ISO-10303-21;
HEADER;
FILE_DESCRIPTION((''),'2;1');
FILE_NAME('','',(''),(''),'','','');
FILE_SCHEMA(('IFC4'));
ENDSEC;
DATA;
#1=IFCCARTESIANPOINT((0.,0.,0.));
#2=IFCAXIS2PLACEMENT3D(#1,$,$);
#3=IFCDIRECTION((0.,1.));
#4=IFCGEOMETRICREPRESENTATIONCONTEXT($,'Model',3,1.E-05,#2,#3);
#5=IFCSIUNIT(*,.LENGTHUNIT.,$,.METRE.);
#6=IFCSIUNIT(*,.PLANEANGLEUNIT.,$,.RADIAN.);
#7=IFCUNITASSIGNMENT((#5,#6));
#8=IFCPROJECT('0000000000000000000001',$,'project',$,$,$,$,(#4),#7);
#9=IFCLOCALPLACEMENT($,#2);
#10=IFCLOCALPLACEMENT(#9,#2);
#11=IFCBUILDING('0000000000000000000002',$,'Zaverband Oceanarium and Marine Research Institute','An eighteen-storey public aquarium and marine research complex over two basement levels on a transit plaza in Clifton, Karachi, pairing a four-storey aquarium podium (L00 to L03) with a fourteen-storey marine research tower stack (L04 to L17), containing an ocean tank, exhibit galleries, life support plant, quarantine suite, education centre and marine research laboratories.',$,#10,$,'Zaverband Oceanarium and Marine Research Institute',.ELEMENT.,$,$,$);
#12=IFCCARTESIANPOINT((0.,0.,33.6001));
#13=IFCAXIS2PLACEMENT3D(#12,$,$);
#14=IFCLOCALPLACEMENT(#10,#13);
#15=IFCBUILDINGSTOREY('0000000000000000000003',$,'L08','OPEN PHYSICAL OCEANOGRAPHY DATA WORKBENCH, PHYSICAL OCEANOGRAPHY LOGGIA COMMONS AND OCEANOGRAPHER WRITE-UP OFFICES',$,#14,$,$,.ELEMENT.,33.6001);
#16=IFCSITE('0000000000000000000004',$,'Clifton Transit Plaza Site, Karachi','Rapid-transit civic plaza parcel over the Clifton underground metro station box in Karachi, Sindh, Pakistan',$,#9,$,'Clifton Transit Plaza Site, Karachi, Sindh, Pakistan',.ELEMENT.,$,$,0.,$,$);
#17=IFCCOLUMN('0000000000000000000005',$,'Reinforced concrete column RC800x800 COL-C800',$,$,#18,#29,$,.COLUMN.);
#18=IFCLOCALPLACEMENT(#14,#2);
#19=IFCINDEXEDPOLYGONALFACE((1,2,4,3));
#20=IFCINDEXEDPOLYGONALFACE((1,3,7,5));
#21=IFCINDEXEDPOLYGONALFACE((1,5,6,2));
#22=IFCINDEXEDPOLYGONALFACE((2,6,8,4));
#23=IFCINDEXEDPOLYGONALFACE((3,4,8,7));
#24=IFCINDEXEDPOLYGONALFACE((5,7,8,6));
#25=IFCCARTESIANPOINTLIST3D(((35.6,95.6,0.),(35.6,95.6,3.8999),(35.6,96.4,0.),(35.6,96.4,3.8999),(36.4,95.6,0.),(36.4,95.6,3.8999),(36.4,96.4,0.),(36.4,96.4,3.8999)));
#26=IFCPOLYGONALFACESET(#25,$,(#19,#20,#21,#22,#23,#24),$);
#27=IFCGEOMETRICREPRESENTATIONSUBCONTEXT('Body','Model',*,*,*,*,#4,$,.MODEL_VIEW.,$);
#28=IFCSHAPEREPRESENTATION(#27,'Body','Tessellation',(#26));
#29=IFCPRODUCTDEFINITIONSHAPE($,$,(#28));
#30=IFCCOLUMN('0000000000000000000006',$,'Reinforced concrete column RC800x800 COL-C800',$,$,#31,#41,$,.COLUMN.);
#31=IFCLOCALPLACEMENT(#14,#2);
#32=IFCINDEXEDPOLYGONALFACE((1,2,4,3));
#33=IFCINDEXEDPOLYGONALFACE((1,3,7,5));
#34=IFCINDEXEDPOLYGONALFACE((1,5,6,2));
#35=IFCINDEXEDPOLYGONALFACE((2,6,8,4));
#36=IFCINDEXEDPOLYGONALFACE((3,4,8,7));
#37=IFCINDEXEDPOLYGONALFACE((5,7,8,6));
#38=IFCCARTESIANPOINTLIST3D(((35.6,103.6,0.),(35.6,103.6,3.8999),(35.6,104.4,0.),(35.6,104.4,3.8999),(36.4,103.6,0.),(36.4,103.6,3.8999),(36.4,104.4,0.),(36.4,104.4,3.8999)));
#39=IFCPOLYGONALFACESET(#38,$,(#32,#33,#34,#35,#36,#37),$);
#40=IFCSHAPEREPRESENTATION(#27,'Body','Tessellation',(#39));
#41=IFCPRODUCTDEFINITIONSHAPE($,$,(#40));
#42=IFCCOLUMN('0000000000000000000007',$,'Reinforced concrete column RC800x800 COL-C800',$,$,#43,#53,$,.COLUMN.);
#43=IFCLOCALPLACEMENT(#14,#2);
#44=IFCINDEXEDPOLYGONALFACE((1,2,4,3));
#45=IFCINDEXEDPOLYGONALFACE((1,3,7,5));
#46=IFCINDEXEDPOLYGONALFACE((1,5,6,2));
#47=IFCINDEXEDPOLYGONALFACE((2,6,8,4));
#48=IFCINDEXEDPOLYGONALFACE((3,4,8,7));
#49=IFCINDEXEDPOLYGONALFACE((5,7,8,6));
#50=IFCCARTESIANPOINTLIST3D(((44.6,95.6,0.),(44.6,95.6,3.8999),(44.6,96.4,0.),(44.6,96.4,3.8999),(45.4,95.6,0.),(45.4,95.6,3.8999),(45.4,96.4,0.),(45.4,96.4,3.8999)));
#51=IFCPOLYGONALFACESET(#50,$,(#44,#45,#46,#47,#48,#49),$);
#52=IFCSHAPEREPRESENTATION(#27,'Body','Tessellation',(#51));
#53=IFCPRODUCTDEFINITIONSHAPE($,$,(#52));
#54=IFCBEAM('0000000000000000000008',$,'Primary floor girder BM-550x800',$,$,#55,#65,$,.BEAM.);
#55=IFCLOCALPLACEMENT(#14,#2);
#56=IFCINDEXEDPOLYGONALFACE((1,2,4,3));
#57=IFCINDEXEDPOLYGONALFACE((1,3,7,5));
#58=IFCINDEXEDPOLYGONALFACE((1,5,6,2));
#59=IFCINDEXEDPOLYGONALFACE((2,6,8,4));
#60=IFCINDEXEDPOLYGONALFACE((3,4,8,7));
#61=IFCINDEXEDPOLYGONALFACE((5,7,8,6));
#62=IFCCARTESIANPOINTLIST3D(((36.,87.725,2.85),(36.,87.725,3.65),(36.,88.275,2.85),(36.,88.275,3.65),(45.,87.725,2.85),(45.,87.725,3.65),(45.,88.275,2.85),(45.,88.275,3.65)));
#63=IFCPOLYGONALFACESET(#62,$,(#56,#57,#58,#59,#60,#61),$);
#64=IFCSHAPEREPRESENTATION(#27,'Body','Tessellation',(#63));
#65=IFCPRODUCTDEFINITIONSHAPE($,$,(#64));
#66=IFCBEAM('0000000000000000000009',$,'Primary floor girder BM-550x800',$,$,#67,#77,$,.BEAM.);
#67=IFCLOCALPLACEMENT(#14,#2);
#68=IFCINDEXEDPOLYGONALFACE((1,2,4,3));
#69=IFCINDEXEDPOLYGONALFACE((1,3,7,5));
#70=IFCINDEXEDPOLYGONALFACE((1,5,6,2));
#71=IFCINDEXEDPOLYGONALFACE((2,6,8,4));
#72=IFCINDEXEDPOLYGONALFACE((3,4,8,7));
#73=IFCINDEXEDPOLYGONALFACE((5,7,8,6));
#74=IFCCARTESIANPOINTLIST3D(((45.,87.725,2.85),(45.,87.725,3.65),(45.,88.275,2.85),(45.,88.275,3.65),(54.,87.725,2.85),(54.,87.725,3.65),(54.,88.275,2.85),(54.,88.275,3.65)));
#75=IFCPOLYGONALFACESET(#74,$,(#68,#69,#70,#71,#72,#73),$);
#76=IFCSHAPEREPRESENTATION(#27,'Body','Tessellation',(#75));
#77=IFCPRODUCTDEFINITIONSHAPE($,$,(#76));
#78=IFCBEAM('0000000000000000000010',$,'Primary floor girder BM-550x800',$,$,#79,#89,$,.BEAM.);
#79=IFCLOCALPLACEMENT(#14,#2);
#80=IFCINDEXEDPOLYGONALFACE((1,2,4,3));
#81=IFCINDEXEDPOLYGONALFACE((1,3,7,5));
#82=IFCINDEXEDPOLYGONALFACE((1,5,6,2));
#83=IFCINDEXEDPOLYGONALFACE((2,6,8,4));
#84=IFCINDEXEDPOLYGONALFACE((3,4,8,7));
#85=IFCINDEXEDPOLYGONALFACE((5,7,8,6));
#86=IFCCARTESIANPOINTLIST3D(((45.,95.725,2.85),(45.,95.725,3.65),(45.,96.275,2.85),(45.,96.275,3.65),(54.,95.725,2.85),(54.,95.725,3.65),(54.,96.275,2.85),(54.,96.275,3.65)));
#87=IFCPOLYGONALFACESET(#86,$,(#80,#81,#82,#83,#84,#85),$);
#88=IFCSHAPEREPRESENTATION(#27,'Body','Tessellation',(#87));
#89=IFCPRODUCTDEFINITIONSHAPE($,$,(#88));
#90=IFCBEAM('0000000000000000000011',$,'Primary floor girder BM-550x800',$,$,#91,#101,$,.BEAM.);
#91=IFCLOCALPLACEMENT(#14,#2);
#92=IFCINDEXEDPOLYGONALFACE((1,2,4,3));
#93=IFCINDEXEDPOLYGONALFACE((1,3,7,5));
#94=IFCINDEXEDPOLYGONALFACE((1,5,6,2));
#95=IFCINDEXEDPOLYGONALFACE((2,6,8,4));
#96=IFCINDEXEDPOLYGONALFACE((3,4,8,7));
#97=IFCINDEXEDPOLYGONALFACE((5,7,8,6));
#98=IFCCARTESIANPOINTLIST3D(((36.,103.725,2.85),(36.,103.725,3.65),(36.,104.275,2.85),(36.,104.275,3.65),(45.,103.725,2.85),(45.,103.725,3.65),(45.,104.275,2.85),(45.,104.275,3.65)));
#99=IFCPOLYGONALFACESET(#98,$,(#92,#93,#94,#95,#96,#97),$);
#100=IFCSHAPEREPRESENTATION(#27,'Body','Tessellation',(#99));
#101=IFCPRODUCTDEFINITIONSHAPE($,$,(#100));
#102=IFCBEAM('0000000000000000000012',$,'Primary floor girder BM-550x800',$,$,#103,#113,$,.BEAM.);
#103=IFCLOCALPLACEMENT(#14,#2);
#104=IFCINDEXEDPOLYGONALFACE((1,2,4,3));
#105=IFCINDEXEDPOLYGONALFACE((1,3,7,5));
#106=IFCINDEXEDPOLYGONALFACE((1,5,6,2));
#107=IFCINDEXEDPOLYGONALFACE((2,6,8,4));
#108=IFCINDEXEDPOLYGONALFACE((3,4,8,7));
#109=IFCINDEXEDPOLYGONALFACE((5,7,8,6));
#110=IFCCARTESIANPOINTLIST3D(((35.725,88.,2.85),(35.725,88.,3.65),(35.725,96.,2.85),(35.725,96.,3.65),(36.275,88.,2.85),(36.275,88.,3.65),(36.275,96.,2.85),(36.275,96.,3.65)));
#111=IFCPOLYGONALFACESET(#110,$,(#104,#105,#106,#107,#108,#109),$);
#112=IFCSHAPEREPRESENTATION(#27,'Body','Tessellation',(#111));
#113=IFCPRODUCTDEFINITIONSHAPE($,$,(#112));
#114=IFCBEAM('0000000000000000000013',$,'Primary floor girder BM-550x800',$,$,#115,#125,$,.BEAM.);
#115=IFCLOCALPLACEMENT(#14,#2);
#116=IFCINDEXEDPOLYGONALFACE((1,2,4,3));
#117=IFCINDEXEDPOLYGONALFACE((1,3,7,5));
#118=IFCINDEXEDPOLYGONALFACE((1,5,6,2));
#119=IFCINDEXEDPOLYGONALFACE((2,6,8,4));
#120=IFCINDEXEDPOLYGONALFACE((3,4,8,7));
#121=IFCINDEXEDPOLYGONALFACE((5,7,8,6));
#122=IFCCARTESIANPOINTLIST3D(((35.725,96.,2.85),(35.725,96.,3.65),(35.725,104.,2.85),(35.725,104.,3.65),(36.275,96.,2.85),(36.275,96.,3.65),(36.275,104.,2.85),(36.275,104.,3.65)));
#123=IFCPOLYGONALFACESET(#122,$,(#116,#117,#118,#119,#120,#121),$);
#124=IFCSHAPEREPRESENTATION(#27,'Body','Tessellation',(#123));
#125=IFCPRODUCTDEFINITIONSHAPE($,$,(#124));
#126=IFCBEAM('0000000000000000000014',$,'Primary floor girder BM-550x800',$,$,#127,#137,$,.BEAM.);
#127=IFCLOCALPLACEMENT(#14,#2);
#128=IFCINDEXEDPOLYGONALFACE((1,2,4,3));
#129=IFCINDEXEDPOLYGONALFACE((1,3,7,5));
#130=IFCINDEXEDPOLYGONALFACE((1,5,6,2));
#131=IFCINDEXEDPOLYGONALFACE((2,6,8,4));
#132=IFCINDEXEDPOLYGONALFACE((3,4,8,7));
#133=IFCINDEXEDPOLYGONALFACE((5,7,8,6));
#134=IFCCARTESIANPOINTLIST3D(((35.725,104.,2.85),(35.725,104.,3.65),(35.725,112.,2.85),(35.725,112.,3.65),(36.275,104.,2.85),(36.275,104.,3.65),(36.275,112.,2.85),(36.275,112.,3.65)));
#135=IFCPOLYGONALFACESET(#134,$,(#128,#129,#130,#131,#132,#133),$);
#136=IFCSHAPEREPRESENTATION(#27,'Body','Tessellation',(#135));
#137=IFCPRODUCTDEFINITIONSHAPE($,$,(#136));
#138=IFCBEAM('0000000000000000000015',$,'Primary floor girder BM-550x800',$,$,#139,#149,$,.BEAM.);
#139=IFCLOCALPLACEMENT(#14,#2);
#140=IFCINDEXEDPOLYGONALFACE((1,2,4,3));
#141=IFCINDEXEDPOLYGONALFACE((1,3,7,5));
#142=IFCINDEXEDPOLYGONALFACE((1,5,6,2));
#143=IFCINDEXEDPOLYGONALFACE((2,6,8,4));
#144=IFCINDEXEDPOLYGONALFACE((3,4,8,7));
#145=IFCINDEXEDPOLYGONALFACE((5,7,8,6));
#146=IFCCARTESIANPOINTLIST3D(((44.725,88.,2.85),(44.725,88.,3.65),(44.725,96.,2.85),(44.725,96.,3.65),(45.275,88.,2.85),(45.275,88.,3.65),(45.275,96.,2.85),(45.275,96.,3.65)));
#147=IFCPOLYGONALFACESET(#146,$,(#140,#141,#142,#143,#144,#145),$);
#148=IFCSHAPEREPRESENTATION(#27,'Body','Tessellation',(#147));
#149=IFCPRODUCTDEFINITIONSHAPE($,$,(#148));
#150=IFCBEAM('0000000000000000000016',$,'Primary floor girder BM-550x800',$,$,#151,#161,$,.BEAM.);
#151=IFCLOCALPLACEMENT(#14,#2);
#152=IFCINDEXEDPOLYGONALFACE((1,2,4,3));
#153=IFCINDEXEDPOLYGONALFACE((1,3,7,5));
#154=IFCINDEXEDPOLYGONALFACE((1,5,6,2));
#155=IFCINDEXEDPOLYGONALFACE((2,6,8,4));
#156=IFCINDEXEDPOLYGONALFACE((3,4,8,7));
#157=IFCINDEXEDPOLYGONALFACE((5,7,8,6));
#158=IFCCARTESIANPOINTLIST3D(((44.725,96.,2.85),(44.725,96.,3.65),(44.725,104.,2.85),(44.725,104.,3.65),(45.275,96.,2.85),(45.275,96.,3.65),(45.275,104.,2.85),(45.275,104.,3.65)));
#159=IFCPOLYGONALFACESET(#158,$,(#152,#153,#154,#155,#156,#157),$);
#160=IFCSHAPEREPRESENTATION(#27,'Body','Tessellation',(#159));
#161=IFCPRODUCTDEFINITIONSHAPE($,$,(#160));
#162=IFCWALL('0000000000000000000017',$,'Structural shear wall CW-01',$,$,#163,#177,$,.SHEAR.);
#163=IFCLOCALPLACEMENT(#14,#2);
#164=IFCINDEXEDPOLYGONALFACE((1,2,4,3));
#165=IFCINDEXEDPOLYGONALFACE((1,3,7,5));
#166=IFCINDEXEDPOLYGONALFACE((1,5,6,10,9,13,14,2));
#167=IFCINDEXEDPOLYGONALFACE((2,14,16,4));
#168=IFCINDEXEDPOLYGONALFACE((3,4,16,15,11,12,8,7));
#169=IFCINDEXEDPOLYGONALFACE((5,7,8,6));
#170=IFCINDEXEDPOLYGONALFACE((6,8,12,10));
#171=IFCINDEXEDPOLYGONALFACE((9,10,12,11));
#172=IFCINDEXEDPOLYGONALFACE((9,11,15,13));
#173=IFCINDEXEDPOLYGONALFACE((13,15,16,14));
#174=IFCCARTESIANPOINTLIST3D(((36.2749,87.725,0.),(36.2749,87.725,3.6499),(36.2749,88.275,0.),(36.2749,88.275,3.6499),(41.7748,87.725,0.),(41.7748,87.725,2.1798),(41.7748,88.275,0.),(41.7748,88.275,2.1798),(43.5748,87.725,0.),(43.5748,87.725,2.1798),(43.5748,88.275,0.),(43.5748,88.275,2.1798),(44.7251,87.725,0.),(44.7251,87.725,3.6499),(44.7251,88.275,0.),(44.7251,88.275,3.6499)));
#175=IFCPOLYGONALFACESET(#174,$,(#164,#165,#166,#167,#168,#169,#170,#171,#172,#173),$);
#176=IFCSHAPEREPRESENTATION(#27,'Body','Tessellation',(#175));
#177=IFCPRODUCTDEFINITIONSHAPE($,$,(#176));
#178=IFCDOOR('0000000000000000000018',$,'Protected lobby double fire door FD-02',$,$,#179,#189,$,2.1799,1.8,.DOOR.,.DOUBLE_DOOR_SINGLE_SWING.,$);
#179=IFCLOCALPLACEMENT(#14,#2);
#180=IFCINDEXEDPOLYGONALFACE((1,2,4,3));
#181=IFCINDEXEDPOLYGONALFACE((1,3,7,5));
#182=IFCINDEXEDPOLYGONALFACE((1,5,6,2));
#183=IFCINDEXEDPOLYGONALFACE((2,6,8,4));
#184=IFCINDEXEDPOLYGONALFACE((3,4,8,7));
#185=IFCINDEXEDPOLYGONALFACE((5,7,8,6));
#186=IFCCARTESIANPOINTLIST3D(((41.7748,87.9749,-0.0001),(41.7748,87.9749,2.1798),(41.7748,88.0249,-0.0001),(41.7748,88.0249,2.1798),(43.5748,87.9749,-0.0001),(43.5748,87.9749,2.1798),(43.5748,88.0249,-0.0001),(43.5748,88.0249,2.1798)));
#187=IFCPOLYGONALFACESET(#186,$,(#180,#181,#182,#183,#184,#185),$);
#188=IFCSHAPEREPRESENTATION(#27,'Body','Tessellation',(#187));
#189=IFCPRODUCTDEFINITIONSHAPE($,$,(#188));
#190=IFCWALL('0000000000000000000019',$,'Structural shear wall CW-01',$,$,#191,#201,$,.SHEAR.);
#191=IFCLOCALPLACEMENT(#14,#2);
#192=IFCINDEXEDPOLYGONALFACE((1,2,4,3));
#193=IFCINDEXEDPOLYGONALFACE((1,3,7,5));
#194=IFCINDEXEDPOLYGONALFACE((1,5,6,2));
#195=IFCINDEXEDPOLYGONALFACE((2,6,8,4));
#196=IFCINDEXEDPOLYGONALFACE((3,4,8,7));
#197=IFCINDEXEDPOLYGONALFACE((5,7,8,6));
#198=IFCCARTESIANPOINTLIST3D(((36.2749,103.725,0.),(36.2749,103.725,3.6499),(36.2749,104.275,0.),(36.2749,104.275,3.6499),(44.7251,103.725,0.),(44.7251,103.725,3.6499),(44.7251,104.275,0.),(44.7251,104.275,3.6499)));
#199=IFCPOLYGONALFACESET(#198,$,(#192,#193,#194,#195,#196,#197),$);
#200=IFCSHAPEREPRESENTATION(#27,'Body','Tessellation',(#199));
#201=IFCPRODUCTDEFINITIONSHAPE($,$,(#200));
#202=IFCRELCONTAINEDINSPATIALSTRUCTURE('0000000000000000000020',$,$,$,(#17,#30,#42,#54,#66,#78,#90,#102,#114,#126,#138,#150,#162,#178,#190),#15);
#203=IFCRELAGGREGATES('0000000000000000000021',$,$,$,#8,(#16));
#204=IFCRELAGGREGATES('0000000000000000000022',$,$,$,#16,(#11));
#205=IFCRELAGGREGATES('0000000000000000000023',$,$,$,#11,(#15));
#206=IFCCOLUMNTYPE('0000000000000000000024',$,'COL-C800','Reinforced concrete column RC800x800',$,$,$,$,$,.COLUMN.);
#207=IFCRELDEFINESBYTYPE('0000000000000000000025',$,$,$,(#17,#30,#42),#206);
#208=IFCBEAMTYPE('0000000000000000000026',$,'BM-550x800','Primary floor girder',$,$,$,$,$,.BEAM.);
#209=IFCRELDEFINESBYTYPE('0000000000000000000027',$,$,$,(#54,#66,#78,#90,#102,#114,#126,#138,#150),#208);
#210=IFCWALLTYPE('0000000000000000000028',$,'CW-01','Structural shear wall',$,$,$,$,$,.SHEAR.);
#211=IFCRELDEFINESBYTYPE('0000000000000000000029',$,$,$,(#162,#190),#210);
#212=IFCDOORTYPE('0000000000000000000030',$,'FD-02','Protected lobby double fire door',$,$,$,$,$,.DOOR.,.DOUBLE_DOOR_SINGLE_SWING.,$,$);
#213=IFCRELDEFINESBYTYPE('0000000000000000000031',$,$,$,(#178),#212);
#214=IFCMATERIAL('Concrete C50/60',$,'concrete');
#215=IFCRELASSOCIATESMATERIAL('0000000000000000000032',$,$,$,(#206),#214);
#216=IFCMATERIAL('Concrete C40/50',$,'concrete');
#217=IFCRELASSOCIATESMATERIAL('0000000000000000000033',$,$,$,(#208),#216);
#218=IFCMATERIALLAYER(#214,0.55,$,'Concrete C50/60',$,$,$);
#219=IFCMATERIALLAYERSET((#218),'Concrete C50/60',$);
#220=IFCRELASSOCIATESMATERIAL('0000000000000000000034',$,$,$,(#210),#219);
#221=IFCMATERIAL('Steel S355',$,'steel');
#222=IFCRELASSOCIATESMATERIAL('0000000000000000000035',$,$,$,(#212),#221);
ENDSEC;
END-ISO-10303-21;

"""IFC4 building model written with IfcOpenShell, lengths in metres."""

from ifc_helpers import new_model, si_unit, direction, frame, frame_2d, origin, origin_2d, place, context, subcontext, project, spatial, rectangle, extrude, material, layer, layer_set, material_profile, profile_set, type_object, element, fill, save


model = new_model("IFC4")

# Units and contexts
model_context = context("Model", 3, precision=1e-05, world=origin(), true_north=direction((0.0, 1.0)))
body_context = subcontext(model_context, "Body", "Model", "MODEL_VIEW")
ifc_project = project(units=[si_unit("LENGTHUNIT", "METRE"), si_unit("PLANEANGLEUNIT", "RADIAN")], contexts=[model_context])

# Site, building, storey
site_placement = place(None, origin())
site = spatial("IfcSite", under=ifc_project, at=site_placement, Name="Clifton Transit Plaza Site, Karachi", Description="Rapid-transit civic plaza parcel over the Clifton underground metro station box in Karachi, Sindh, Pakistan", LongName="Clifton Transit Plaza Site, Karachi, Sindh, Pakistan", CompositionType="ELEMENT", RefElevation=0.0)
building_placement = place(site_placement, origin())
building = spatial("IfcBuilding", under=site, at=building_placement, Name="Zaverband Oceanarium and Marine Research Institute", Description="An eighteen-storey public aquarium and marine research complex over two basement levels on a transit plaza in Clifton, Karachi, pairing a four-storey aquarium podium (L00 to L03) with a fourteen-storey marine research tower stack (L04 to L17), containing an ocean tank, exhibit galleries, life support plant, quarantine suite, education centre and marine research laboratories.", LongName="Zaverband Oceanarium and Marine Research Institute", CompositionType="ELEMENT")
storey_placement = place(building_placement, frame((0.0, 0.0, 33.6001)))
storey = spatial("IfcBuildingStorey", under=building, at=storey_placement, Name="L08", Description="OPEN PHYSICAL OCEANOGRAPHY DATA WORKBENCH, PHYSICAL OCEANOGRAPHY LOGGIA COMMONS AND OCEANOGRAPHER WRITE-UP OFFICES", CompositionType="ELEMENT", Elevation=33.6001)

# Columns
ifc_material_1 = material(Name="Concrete C50/60", Category="concrete")
ifc_material_profile_1 = material_profile(ifc_material_1, rectangle(XDim=0.8, YDim=0.8, at=origin_2d()), Name="RC800x800")
ifc_profile_set_1 = profile_set([ifc_material_profile_1], Name="Concrete C50/60")
column_type = type_object("IfcColumnType", Name="COL-C800", Description="Reinforced concrete column RC800x800", PredefinedType="COLUMN", material=ifc_profile_set_1)
for number, where, z_axis, x_axis, name in (
    (1, (36.0, 96.0, 0.0), (0.0, 0.0, 1.0), (1.0, 0.0, 0.0), "Reinforced concrete column RC800x800 COL-C800"),
    (2, (36.0, 104.0, 0.0), (0.0, 0.0, 1.0), (1.0, 0.0, 0.0), "Reinforced concrete column RC800x800 COL-C800"),
    (3, (45.0, 96.0, 0.0), (0.0, 0.0, 1.0), (1.0, 0.0, 0.0), "Reinforced concrete column RC800x800 COL-C800"),
):
    element("IfcColumn", number, at=place(storey_placement, frame(where, z_axis=z_axis, x_axis=x_axis)), inside=storey, type_object=column_type, Name=name, PredefinedType="COLUMN", context=body_context, shape_type="SweptSolid", body=[
        extrude(rectangle(XDim=0.8, YDim=0.8, at=origin_2d()), origin(), (0.0, 0.0, 1.0), 3.8999),
    ])

# Beams
ifc_material_2 = material(Name="Concrete C40/50", Category="concrete")
ifc_material_profile_2 = material_profile(ifc_material_2, rectangle(XDim=0.55, YDim=0.8, at=origin_2d()), Name="RC550x800")
ifc_profile_set_2 = profile_set([ifc_material_profile_2], Name="Concrete C40/50")
beam_type = type_object("IfcBeamType", Name="BM-550x800", Description="Primary floor girder", PredefinedType="BEAM", material=ifc_profile_set_2)
for number, where, z_axis, x_axis, name in (
    (4, (36.0, 88.0, 3.25), (1.0, 0.0, 0.0), (0.0, 1.0, 0.0), "Primary floor girder BM-550x800"),
    (5, (45.0, 88.0, 3.25), (1.0, 0.0, 0.0), (0.0, 1.0, 0.0), "Primary floor girder BM-550x800"),
    (6, (45.0, 96.0, 3.25), (1.0, 0.0, 0.0), (0.0, 1.0, 0.0), "Primary floor girder BM-550x800"),
    (7, (36.0, 104.0, 3.25), (1.0, 0.0, 0.0), (0.0, 1.0, 0.0), "Primary floor girder BM-550x800"),
):
    element("IfcBeam", number, at=place(storey_placement, frame(where, z_axis=z_axis, x_axis=x_axis)), inside=storey, type_object=beam_type, Name=name, PredefinedType="BEAM", context=body_context, shape_type="SweptSolid", body=[
        extrude(rectangle(XDim=0.55, YDim=0.8, at=origin_2d()), origin(), (0.0, 0.0, 1.0), 9.0),
    ])
for number, where, z_axis, x_axis, name in (
    (8, (36.0, 88.0, 3.25), (0.0, 1.0, 0.0), (-1.0, 0.0, 0.0), "Primary floor girder BM-550x800"),
    (9, (36.0, 96.0, 3.25), (0.0, 1.0, 0.0), (-1.0, 0.0, 0.0), "Primary floor girder BM-550x800"),
    (10, (36.0, 104.0, 3.25), (0.0, 1.0, 0.0), (-1.0, 0.0, 0.0), "Primary floor girder BM-550x800"),
    (11, (45.0, 88.0, 3.25), (0.0, 1.0, 0.0), (-1.0, 0.0, 0.0), "Primary floor girder BM-550x800"),
    (12, (45.0, 96.0, 3.25), (0.0, 1.0, 0.0), (-1.0, 0.0, 0.0), "Primary floor girder BM-550x800"),
):
    element("IfcBeam", number, at=place(storey_placement, frame(where, z_axis=z_axis, x_axis=x_axis)), inside=storey, type_object=beam_type, Name=name, PredefinedType="BEAM", context=body_context, shape_type="SweptSolid", body=[
        extrude(rectangle(XDim=0.55, YDim=0.8, at=origin_2d()), origin(), (0.0, 0.0, 1.0), 8.0),
    ])

# Wall, opening, door
ifc_layer_1 = layer(ifc_material_1, 0.55, Name="Concrete C50/60")
ifc_layer_set_1 = layer_set([ifc_layer_1], Name="Concrete C50/60")
wall_type_1 = type_object("IfcWallType", Name="CW-01", Description="Structural shear wall", PredefinedType="SHEAR", material=ifc_layer_set_1)
wall_1_placement = place(storey_placement, frame((36.2749, 88.0, 0.0), z_axis=(0.0, 0.0, 1.0), x_axis=(1.0, 0.0, 0.0)))
wall_1 = element("IfcWall", 13, at=wall_1_placement, inside=storey, type_object=wall_type_1, Name="Structural shear wall CW-01", PredefinedType="SHEAR", context=body_context, shape_type="SweptSolid", body=[
    extrude(rectangle(XDim=8.4502, YDim=0.55, at=frame_2d((4.2251, 0.0))), origin(), (0.0, 0.0, 1.0), 3.6499),
])
opening_1_placement = place(wall_1_placement, frame((5.5, 0.0, 0.0)))
opening_1 = element("IfcOpeningElement", 14, at=opening_1_placement, cuts=wall_1, PredefinedType="OPENING", context=body_context, shape_type="SweptSolid", body=[
    extrude(rectangle(XDim=1.8, YDim=2.1799, at=frame_2d((0.8999, 1.0898))), frame((0.0, 0.2871, 0.0), z_axis=(0.0, -1.0, 0.0), x_axis=(1.0, 0.0, 0.0)), (0.0, 0.0, 1.0), 0.574),
])
ifc_material_3 = material(Name="Steel S355", Category="steel")
door_type_1 = type_object("IfcDoorType", Name="FD-02", Description="Protected lobby double fire door", OperationType="DOUBLE_DOOR_SINGLE_SWING", PredefinedType="DOOR", material=ifc_material_3)
door_1_placement = place(opening_1_placement, origin())
door_1 = element("IfcDoor", 15, at=door_1_placement, inside=storey, type_object=door_type_1, Name="Protected lobby double fire door FD-02", OperationType="DOUBLE_DOOR_SINGLE_SWING", OverallHeight=2.1799, OverallWidth=1.8, PredefinedType="DOOR", context=body_context, shape_type="SweptSolid", body=[
    extrude(rectangle(XDim=1.8, YDim=2.1799, at=frame_2d((0.8999, 1.0898))), frame((0.0, 0.0249, 0.0), z_axis=(0.0, -1.0, 0.0), x_axis=(1.0, 0.0, 0.0)), (0.0, 0.0, 1.0), 0.05),
])
fill(opening_1, door_1)

# Wall
wall_2_placement = place(storey_placement, frame((36.2749, 104.0, 0.0), z_axis=(0.0, 0.0, 1.0), x_axis=(1.0, 0.0, 0.0)))
element("IfcWall", 16, at=wall_2_placement, inside=storey, type_object=wall_type_1, Name="Structural shear wall CW-01", PredefinedType="SHEAR", context=body_context, shape_type="SweptSolid", body=[
    extrude(rectangle(XDim=8.4502, YDim=0.55, at=frame_2d((4.2251, 0.0))), origin(), (0.0, 0.0, 1.0), 3.6499),
])

save(model, "model.ifc")
